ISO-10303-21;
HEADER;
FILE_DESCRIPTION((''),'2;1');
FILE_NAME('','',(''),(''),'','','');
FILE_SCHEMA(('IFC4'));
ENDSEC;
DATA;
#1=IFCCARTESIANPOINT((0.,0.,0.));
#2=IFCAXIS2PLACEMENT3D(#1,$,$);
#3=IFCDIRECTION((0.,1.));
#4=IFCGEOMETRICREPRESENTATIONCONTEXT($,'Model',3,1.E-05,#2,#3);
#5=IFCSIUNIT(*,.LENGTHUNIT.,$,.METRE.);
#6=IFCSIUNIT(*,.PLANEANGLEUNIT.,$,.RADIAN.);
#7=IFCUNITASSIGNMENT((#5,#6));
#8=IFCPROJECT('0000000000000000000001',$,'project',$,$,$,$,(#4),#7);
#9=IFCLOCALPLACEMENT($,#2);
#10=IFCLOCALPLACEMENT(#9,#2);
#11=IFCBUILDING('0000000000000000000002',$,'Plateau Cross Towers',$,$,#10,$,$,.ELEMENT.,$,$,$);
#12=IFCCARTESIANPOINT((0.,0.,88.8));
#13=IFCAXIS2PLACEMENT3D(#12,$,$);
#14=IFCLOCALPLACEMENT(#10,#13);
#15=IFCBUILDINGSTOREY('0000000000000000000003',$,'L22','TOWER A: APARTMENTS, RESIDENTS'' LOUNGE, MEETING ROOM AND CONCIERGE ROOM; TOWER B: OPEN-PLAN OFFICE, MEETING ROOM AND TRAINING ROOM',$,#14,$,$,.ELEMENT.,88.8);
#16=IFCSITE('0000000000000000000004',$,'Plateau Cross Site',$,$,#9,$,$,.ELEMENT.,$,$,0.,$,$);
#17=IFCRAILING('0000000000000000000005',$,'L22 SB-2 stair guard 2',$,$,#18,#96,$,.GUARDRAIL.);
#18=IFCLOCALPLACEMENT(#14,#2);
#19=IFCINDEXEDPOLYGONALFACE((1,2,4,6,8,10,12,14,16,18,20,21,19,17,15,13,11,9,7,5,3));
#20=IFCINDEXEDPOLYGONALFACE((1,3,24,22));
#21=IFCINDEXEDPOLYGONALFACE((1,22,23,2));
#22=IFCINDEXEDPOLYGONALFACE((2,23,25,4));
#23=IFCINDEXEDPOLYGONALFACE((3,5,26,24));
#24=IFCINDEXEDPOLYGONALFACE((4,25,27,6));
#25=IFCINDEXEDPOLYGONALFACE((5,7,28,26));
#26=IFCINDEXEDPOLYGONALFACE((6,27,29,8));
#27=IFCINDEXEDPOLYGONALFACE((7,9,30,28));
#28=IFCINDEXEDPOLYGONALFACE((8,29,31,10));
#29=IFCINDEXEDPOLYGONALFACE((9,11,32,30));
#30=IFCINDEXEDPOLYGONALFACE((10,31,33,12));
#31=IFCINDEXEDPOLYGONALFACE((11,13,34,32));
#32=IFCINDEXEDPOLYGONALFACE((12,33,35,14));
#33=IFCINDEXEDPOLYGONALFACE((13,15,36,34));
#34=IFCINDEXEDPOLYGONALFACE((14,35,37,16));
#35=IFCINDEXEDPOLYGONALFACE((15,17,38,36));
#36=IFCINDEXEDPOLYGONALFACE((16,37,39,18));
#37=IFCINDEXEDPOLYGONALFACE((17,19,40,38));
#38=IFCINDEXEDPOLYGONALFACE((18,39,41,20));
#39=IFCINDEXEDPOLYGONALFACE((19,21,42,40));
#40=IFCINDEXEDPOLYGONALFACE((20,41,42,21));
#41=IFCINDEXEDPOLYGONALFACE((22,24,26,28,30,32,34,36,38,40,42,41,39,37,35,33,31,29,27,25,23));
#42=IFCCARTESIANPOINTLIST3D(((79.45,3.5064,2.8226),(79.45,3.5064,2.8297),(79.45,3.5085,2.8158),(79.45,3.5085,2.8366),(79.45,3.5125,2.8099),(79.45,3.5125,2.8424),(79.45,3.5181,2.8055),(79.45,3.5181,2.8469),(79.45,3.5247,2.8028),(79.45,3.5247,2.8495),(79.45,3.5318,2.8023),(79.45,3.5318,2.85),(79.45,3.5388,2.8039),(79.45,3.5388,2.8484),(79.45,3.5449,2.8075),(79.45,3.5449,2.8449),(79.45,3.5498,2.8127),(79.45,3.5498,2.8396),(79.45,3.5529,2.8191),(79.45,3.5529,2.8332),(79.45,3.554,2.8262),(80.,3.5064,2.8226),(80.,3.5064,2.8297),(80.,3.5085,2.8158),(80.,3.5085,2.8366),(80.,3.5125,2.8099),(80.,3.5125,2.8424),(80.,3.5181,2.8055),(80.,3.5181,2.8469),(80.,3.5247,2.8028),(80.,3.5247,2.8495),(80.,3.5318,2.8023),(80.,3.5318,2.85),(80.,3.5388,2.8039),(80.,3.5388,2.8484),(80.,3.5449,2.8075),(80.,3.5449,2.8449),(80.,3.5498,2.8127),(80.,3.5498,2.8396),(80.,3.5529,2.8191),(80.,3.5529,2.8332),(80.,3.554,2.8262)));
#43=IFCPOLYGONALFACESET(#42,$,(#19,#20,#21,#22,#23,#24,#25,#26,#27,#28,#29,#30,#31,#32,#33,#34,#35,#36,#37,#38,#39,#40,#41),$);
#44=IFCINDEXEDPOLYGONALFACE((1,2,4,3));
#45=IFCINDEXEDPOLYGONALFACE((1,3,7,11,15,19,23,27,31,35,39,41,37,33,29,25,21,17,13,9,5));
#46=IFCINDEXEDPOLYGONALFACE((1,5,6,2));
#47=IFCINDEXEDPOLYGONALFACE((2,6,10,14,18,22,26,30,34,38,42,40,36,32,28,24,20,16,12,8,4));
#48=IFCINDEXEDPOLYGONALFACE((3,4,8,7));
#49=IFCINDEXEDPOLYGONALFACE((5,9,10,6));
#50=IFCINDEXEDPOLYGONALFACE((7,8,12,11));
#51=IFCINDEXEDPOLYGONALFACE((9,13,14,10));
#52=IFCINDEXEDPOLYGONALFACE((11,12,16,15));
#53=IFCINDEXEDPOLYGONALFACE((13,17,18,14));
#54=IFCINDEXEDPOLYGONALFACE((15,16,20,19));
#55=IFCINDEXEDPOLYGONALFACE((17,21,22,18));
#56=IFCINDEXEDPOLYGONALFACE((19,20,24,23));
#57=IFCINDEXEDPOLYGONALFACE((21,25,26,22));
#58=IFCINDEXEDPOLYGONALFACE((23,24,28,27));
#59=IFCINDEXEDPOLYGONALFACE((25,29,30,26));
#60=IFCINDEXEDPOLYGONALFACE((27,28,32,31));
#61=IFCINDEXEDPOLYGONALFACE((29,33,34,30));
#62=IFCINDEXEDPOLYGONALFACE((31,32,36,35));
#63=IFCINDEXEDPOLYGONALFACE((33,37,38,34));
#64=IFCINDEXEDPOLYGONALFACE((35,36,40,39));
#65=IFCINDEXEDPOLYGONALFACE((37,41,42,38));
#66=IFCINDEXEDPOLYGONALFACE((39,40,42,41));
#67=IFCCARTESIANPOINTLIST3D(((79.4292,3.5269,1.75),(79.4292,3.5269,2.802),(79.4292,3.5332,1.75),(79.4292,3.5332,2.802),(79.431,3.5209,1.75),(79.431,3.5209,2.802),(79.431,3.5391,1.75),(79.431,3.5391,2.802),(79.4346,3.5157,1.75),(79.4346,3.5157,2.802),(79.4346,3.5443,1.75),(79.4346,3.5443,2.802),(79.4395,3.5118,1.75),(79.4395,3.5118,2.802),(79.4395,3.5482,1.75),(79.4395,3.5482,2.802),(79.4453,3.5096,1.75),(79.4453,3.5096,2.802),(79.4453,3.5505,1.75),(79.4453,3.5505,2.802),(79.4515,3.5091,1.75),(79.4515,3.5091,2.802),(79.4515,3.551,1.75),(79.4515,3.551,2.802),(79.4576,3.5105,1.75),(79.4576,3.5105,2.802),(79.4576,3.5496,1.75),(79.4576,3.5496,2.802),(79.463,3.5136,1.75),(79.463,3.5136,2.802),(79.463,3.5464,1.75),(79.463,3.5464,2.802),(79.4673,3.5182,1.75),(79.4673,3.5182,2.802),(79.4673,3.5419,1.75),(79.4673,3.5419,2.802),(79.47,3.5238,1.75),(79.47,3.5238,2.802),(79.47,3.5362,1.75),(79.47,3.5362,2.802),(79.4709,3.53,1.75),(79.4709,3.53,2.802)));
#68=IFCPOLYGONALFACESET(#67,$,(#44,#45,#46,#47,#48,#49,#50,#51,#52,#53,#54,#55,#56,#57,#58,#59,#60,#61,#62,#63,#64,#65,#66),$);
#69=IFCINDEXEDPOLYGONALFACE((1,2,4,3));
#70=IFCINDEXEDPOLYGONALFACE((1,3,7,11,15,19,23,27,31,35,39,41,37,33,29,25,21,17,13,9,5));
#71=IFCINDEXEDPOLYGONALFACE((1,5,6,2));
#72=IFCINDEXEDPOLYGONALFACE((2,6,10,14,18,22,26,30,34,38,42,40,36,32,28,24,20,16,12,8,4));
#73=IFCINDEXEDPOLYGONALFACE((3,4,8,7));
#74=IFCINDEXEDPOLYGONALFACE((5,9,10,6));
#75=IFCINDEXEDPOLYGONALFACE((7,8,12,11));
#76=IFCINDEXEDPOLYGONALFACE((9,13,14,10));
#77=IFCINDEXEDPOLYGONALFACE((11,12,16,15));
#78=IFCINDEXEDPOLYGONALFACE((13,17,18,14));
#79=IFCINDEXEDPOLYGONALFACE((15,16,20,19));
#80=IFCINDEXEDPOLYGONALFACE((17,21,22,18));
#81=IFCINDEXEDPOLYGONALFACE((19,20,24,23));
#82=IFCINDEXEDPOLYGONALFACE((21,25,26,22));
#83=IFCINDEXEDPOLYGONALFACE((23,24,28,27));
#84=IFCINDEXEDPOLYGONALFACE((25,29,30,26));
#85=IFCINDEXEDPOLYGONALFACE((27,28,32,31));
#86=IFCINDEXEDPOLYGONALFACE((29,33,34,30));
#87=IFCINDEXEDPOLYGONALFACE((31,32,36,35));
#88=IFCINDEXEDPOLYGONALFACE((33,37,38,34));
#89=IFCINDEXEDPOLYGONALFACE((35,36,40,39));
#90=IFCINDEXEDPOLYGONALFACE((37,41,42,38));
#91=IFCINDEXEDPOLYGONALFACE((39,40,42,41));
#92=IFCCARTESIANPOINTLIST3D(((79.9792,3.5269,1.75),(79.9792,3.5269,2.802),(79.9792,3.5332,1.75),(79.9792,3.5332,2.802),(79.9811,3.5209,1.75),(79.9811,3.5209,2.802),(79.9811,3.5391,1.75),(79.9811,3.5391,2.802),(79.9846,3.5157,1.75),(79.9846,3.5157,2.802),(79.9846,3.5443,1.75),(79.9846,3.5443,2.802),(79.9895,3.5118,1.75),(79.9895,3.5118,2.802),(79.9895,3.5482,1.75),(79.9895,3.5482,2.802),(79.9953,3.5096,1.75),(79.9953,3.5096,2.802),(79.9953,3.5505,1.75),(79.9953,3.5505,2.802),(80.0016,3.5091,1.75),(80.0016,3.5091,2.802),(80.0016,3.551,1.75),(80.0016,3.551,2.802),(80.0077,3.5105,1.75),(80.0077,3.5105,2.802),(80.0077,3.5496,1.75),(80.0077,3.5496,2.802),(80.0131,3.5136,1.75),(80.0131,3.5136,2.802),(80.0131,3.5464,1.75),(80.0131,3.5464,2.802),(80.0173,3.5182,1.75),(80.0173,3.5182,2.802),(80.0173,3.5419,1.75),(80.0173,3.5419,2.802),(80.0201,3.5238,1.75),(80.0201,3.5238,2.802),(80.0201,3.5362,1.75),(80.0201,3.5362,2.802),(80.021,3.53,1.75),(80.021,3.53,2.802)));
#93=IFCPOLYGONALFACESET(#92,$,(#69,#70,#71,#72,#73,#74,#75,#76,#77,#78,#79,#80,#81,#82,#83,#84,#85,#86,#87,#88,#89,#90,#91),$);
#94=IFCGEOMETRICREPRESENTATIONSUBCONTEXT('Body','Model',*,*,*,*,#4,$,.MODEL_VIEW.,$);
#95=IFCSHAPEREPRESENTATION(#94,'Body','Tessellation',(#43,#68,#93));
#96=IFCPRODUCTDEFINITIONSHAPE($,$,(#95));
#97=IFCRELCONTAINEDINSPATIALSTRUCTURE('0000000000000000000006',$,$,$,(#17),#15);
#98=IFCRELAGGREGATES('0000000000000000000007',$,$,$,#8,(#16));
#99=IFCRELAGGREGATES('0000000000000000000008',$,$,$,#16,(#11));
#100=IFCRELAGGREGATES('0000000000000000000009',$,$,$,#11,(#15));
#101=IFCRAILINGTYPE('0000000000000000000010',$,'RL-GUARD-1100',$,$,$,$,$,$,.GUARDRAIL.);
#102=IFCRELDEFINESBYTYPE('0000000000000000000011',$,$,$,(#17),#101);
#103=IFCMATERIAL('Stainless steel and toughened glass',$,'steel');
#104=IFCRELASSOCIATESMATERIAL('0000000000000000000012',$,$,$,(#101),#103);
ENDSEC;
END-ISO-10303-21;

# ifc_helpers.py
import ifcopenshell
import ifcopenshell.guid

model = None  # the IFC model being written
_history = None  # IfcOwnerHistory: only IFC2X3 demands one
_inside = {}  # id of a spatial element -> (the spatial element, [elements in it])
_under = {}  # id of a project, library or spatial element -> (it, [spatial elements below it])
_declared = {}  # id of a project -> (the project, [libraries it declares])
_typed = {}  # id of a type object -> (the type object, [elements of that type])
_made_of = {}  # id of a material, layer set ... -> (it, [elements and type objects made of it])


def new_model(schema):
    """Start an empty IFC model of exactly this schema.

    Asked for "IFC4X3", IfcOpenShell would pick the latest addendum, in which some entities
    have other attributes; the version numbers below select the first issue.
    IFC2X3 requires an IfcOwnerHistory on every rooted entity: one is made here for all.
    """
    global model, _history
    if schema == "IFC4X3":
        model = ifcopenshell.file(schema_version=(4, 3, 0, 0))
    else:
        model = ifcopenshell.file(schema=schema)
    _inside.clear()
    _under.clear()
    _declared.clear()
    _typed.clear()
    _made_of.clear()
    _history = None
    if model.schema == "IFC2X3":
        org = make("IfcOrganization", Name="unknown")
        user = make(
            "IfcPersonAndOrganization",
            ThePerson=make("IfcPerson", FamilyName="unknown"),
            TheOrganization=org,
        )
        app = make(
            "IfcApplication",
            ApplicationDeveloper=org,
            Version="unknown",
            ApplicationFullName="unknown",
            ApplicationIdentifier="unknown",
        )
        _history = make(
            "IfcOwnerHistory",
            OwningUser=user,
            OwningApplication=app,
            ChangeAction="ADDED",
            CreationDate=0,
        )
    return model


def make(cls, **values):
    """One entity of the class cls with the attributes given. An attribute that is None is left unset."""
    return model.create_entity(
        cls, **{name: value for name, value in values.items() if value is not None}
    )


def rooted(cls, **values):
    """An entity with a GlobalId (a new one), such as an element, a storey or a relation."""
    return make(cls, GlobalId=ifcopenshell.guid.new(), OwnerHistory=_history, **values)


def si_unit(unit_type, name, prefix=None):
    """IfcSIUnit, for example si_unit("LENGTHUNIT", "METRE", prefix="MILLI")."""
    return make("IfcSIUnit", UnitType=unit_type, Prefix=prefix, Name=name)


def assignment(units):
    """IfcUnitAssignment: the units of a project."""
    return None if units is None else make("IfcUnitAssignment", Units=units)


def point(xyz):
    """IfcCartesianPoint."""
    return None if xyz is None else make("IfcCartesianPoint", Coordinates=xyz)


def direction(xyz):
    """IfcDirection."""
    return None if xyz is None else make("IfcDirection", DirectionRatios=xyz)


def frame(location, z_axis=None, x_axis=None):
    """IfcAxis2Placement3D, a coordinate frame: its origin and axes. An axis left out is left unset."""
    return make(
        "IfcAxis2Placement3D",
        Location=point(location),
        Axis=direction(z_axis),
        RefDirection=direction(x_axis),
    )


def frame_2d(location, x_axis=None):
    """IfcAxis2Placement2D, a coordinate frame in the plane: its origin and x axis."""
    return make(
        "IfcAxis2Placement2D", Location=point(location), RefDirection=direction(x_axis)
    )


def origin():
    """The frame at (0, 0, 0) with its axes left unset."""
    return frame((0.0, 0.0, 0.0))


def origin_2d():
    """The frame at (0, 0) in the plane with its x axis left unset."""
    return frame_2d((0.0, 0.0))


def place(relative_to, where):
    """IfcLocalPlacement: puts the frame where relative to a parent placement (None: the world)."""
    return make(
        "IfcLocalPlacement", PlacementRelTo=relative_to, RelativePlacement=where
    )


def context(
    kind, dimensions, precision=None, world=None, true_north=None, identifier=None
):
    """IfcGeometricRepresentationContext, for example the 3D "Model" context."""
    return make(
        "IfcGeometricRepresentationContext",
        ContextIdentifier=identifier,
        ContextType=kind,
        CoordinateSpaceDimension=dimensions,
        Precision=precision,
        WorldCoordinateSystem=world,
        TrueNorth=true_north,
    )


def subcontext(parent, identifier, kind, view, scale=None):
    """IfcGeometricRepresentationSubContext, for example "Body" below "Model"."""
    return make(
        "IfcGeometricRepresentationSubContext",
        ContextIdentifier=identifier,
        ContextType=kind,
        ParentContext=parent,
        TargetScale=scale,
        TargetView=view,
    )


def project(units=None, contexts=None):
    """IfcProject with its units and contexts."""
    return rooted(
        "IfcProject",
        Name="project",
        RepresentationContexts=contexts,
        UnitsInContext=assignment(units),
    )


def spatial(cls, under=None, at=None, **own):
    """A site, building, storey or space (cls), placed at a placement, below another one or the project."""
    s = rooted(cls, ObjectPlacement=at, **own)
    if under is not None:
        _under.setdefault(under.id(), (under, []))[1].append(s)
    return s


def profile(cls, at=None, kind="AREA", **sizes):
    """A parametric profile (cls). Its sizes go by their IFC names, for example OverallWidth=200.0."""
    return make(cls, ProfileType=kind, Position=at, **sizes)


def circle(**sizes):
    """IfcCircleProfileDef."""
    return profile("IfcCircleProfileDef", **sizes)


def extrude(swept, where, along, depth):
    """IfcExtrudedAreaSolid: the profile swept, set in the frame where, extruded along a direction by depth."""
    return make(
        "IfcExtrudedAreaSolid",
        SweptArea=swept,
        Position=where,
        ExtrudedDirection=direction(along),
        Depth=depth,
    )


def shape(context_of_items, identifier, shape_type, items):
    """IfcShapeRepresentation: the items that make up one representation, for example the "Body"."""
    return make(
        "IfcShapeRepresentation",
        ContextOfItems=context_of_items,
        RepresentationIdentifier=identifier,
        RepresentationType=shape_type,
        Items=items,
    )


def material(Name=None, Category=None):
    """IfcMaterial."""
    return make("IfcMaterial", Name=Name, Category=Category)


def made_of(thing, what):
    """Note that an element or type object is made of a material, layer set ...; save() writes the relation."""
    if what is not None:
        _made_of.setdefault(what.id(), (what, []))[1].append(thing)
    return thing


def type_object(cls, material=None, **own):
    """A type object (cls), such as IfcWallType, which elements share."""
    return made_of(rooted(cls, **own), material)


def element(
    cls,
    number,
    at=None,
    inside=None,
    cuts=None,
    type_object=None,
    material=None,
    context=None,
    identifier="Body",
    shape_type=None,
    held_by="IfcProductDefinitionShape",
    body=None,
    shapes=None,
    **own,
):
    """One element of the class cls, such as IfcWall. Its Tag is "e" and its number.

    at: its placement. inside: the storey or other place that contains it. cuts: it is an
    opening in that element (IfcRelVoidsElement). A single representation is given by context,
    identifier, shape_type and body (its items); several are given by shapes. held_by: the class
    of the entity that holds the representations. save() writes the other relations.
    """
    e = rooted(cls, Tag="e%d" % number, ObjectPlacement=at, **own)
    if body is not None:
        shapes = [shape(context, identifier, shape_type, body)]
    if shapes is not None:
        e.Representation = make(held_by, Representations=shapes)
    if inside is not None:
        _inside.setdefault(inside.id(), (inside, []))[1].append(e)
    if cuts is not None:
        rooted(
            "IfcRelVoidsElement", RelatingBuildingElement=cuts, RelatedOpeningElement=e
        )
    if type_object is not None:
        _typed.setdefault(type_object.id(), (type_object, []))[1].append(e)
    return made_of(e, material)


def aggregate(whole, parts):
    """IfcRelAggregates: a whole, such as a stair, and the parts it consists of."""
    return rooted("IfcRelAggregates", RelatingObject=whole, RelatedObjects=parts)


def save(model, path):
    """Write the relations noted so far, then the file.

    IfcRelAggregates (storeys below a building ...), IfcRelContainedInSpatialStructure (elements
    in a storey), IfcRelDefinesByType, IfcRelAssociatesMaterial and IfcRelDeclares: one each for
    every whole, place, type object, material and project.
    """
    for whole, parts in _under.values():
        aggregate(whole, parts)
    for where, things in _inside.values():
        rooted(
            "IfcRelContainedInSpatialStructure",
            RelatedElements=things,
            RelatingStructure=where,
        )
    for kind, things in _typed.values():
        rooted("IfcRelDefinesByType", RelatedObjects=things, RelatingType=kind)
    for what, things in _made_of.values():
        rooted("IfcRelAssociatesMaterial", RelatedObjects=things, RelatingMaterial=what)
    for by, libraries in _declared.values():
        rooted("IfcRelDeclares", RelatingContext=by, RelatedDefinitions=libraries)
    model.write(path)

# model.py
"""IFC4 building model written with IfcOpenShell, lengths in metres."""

from ifc_helpers import new_model, si_unit, direction, frame, origin, origin_2d, place, context, subcontext, project, spatial, circle, extrude, material, type_object, element, save


model = new_model("IFC4")

# Units and contexts
model_context = context("Model", 3, precision=1e-05, world=origin(), true_north=direction((0.0, 1.0)))
body_context = subcontext(model_context, "Body", "Model", "MODEL_VIEW")
ifc_project = project(units=[si_unit("LENGTHUNIT", "METRE"), si_unit("PLANEANGLEUNIT", "RADIAN")], contexts=[model_context])

# Site, building, storey
site_placement = place(None, origin())
site = spatial("IfcSite", under=ifc_project, at=site_placement, Name="Plateau Cross Site", CompositionType="ELEMENT", RefElevation=0.0)
building_placement = place(site_placement, origin())
building = spatial("IfcBuilding", under=site, at=building_placement, Name="Plateau Cross Towers", CompositionType="ELEMENT")
storey_placement = place(building_placement, frame((0.0, 0.0, 88.8)))
storey = spatial("IfcBuildingStorey", under=building, at=storey_placement, Name="L22", Description="TOWER A: APARTMENTS, RESIDENTS' LOUNGE, MEETING ROOM AND CONCIERGE ROOM; TOWER B: OPEN-PLAN OFFICE, MEETING ROOM AND TRAINING ROOM", CompositionType="ELEMENT", Elevation=88.8)

# Railing
ifc_material_1 = material(Name="Stainless steel and toughened glass", Category="steel")
railing_type_1 = type_object("IfcRailingType", Name="RL-GUARD-1100", PredefinedType="GUARDRAIL", material=ifc_material_1)
railing_1_placement = place(storey_placement, frame((79.45, 3.53, 1.75)))
element("IfcRailing", 1, at=railing_1_placement, inside=storey, type_object=railing_type_1, Name="L22 SB-2 stair guard 2", PredefinedType="GUARDRAIL", context=body_context, shape_type="SweptSolid", body=[
    extrude(circle(Radius=0.0239, at=origin_2d()), frame((0.0, 0.0, 1.0762), z_axis=(1.0, 0.0, 0.0), x_axis=(0.0, 1.0, 0.0)), (0.0, 0.0, 1.0), 0.55),
    extrude(circle(Radius=0.021, at=origin_2d()), origin(), (0.0, 0.0, 1.0), 1.052),
    extrude(circle(Radius=0.021, at=origin_2d()), frame((0.55, 0.0, 0.0)), (0.0, 0.0, 1.0), 1.052),
])

save(model, "model.ifc")
